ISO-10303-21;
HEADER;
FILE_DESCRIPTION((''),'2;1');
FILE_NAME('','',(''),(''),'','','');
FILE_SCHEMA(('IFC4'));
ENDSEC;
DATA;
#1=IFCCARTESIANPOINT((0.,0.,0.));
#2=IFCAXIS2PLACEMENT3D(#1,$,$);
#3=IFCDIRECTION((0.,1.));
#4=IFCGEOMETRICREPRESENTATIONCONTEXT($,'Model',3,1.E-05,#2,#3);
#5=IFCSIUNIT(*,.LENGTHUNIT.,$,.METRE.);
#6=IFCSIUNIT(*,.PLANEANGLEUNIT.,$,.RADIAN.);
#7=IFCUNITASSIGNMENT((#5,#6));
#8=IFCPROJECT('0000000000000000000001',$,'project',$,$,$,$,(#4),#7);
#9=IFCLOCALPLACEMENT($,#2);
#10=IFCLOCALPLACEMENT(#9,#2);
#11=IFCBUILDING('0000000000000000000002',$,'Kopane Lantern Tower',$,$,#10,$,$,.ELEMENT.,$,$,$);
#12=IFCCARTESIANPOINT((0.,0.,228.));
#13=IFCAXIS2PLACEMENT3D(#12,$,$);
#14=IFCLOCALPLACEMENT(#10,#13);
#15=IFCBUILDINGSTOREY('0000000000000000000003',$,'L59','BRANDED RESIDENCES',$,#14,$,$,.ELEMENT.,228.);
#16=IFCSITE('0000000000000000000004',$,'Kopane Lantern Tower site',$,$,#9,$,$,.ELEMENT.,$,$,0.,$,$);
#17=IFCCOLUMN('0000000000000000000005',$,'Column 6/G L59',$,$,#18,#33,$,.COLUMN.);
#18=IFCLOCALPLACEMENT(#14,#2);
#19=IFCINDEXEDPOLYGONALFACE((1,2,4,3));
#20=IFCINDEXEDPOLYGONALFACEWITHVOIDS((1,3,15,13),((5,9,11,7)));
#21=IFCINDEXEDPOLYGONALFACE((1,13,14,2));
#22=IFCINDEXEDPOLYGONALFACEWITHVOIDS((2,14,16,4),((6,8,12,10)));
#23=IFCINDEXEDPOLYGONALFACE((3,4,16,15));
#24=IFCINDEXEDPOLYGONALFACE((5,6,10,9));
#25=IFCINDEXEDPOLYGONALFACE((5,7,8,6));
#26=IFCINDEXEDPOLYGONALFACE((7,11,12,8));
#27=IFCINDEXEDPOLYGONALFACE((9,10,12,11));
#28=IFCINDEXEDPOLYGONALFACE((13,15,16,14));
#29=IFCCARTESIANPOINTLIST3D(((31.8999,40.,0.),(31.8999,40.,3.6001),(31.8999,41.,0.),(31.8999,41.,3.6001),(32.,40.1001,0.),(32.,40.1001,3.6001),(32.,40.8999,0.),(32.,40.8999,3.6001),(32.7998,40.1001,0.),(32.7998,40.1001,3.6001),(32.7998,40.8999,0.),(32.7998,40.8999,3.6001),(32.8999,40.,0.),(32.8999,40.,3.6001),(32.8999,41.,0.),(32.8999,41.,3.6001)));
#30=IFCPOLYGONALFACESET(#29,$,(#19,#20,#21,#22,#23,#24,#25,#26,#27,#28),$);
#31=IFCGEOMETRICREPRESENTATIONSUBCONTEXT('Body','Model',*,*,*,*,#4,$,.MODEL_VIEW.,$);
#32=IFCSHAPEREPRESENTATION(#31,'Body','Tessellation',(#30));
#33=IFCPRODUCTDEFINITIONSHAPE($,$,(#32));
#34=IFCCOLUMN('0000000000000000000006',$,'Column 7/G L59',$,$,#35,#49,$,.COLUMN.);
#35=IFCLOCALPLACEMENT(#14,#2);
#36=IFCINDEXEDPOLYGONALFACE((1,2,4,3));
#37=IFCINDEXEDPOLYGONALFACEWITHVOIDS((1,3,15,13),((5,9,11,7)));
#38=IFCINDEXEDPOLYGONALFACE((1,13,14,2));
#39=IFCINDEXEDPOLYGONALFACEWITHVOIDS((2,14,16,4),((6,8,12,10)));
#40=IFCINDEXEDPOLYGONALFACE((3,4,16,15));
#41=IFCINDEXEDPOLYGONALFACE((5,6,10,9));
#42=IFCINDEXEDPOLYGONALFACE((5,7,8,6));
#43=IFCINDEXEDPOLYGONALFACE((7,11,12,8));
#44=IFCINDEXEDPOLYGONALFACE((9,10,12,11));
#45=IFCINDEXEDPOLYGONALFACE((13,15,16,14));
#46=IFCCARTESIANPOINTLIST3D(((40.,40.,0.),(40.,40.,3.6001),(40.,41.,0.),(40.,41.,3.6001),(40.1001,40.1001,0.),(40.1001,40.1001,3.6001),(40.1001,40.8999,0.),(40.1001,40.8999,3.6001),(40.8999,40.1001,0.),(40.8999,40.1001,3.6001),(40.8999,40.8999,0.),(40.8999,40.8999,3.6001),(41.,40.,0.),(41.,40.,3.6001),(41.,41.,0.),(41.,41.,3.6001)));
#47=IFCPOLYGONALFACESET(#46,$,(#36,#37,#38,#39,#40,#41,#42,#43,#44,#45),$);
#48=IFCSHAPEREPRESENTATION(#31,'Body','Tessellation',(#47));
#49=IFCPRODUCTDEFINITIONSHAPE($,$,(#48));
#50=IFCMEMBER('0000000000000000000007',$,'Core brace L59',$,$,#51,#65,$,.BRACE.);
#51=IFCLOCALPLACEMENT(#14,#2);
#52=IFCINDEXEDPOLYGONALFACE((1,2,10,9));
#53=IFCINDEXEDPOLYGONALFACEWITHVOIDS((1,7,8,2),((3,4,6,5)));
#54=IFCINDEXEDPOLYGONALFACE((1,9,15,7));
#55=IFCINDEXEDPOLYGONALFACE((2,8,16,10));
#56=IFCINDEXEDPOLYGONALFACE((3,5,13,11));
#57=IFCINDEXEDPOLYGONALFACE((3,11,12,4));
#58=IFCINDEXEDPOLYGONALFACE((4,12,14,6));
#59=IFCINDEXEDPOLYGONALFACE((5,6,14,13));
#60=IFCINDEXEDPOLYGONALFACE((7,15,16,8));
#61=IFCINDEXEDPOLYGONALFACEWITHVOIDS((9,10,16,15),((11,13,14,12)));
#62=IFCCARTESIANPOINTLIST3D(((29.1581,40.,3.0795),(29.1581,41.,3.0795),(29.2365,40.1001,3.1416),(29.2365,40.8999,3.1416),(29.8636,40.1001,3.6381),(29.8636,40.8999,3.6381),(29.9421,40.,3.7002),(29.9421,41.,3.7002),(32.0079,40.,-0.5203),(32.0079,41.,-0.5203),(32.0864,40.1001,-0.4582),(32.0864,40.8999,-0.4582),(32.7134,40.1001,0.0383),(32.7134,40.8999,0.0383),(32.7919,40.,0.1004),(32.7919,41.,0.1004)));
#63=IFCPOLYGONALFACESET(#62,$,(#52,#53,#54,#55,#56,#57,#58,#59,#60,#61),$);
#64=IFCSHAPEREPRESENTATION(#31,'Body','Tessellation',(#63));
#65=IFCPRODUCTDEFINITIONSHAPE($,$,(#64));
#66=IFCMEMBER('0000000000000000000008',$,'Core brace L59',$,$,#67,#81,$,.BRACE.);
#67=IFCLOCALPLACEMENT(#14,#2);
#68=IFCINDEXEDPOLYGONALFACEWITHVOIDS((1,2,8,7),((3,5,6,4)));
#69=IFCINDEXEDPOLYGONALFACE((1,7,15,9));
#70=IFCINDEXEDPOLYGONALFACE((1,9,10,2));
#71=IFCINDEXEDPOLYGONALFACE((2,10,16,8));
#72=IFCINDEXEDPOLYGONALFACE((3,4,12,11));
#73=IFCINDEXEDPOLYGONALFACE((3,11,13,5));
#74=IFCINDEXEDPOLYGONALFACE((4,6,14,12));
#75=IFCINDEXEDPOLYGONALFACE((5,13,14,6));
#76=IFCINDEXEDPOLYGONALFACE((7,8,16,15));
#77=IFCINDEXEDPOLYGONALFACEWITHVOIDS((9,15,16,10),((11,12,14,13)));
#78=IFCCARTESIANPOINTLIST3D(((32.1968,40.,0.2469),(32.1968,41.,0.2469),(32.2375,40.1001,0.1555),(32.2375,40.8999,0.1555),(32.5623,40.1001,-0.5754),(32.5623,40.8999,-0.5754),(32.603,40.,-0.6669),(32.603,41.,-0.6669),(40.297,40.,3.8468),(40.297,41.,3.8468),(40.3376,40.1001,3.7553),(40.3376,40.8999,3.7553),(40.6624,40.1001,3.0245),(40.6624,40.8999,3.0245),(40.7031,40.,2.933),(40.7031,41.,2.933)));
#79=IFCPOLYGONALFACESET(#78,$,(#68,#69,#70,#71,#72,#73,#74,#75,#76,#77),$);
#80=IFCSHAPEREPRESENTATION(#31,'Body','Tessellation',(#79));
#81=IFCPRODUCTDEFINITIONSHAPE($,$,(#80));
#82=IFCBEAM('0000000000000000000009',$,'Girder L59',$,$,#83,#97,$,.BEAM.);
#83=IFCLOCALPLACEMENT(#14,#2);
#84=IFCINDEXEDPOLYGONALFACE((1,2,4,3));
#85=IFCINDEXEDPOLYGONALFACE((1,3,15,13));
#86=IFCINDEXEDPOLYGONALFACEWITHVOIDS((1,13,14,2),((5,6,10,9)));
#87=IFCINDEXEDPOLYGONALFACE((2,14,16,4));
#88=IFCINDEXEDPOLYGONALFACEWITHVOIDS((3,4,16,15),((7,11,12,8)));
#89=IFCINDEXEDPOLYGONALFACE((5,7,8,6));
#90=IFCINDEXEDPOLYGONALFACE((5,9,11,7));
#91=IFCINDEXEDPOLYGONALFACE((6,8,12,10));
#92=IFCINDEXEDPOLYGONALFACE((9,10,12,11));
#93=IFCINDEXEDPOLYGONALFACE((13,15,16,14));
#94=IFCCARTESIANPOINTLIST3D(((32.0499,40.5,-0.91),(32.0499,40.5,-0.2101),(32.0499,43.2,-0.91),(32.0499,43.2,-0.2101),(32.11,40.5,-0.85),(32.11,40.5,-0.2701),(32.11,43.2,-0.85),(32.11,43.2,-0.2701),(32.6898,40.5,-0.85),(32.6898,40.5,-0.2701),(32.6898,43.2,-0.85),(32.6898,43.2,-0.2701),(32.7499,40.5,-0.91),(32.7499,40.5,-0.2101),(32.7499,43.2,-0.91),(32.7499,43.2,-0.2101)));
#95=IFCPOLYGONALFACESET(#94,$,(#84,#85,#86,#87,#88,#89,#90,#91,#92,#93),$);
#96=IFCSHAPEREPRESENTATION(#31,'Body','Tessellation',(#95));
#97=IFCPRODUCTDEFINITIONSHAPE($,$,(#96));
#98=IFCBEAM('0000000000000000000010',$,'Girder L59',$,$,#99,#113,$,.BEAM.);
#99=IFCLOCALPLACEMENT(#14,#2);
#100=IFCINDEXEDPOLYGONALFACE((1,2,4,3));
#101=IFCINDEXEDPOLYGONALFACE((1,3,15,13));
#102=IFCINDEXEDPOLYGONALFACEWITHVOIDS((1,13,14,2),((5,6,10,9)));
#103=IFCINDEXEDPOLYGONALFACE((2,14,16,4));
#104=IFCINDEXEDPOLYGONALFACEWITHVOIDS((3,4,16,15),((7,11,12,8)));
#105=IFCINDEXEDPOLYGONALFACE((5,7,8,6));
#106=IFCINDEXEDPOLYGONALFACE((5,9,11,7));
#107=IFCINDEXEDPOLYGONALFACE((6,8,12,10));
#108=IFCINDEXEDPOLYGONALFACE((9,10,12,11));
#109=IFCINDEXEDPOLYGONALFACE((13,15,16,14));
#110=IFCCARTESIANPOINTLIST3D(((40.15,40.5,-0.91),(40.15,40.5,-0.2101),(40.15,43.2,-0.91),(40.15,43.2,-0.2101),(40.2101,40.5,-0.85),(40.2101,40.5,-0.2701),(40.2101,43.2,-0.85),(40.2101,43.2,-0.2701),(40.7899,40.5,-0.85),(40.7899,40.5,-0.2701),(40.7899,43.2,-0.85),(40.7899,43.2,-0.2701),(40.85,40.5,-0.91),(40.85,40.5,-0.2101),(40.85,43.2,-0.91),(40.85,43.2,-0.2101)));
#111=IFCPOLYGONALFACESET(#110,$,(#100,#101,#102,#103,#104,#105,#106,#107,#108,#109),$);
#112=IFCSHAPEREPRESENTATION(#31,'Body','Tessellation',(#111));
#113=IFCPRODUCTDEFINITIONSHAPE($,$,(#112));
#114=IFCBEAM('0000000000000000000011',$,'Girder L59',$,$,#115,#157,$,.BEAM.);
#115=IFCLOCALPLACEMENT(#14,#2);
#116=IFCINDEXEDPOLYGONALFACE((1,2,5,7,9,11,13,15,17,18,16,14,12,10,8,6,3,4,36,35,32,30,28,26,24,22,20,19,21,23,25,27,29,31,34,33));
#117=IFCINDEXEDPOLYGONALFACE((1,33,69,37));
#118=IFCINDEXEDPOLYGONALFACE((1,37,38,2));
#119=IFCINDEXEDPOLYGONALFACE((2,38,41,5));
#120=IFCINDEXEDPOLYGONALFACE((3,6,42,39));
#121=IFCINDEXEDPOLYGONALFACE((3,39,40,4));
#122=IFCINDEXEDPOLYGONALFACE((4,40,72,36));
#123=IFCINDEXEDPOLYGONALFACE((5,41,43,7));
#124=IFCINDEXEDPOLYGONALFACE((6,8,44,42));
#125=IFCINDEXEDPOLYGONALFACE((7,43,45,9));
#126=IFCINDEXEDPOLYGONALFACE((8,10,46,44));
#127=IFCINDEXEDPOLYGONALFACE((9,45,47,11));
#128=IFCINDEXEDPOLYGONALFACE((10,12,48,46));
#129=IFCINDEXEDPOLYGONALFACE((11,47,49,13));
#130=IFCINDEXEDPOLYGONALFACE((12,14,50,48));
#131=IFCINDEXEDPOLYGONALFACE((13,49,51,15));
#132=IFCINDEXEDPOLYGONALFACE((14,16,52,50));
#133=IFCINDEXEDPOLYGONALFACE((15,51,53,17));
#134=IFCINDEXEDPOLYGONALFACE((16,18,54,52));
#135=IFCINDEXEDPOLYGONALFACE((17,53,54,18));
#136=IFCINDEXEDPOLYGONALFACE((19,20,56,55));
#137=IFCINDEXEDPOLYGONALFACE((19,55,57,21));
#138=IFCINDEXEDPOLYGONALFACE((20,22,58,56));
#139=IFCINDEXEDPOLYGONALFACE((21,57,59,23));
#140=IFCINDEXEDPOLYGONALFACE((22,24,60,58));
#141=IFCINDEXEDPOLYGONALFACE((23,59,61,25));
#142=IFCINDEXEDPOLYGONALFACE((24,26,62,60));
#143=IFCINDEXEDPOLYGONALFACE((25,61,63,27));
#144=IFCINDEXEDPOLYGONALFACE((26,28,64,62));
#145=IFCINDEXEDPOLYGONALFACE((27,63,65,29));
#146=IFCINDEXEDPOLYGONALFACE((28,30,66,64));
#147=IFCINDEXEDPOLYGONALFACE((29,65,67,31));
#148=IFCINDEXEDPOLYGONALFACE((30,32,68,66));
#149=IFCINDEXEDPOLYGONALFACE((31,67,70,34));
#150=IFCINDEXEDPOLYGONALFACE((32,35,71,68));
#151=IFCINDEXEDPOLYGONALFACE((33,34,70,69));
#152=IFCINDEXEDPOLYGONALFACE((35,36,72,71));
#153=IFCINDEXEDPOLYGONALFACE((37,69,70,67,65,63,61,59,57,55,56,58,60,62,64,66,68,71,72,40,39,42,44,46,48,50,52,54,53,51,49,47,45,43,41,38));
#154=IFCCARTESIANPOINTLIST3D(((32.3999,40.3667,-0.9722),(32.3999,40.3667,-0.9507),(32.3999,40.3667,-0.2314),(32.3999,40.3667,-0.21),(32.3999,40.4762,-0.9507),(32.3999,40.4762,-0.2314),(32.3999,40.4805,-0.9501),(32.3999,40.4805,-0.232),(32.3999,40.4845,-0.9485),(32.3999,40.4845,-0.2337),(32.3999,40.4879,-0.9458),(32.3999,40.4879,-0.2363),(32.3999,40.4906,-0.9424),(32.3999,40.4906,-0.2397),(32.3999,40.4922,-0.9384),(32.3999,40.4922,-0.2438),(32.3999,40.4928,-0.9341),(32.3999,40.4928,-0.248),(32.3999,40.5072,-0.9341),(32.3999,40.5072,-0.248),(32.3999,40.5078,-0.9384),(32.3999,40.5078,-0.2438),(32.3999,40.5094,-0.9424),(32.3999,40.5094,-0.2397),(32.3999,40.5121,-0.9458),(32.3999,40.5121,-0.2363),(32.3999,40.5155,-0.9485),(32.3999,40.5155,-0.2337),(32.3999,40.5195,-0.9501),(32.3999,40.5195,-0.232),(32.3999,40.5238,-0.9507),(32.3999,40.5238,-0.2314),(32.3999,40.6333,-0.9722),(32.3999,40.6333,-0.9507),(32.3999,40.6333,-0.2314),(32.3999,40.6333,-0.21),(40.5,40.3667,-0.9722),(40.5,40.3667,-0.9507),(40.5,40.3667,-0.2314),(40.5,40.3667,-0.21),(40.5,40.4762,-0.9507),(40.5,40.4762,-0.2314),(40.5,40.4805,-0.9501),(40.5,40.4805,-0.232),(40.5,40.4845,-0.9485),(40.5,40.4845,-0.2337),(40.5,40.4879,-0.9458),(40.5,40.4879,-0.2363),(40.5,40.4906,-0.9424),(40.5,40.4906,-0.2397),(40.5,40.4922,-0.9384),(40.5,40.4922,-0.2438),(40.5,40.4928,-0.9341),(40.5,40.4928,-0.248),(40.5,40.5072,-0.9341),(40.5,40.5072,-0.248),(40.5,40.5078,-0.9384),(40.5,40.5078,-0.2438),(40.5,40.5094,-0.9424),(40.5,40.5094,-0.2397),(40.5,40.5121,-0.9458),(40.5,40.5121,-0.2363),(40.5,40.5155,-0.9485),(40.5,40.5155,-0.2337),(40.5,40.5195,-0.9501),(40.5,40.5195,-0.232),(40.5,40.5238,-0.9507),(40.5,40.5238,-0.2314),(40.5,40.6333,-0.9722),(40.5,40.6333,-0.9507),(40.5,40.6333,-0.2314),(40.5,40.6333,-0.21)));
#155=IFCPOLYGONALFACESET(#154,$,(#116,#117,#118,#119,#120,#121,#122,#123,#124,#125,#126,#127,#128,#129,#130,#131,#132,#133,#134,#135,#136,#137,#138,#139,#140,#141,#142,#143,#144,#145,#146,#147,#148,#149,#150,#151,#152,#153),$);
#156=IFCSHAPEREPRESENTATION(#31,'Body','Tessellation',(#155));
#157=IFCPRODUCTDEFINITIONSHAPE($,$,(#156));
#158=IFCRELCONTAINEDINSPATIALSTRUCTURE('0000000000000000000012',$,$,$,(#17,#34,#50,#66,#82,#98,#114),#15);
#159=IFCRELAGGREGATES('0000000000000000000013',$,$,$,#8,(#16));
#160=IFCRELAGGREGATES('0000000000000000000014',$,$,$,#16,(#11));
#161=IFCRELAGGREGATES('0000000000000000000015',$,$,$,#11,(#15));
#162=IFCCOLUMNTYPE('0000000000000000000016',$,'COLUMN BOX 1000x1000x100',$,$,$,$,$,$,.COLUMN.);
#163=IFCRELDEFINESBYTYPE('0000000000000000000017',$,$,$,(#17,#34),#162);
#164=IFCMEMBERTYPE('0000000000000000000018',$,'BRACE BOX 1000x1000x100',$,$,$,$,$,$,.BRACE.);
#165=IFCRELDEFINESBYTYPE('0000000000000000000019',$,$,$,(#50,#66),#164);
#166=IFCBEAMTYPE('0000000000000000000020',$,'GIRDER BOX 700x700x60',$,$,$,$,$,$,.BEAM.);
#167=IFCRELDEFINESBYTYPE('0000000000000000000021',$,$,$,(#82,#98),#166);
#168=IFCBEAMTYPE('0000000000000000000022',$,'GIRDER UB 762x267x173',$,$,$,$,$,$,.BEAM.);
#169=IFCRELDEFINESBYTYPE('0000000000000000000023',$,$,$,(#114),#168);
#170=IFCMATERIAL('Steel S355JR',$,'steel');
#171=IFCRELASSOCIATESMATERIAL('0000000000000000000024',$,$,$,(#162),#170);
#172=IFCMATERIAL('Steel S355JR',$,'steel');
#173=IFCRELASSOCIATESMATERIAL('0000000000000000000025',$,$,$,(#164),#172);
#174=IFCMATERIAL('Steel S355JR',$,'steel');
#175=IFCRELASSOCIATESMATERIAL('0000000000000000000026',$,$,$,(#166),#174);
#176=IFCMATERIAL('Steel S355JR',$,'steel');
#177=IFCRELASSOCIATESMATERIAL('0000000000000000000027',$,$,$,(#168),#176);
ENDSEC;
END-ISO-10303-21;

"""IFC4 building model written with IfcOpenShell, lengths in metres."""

from ifc_helpers import new_model, si_unit, direction, frame, origin, origin_2d, place, context, subcontext, project, spatial, hollow_rectangle, i_section, extrude, material, material_profile, profile_set, type_object, element, save


model = new_model("IFC4")

# Units and contexts
model_context = context("Model", 3, precision=1e-05, world=origin(), true_north=direction((0.0, 1.0)))
body_context = subcontext(model_context, "Body", "Model", "MODEL_VIEW")
ifc_project = project(units=[si_unit("LENGTHUNIT", "METRE"), si_unit("PLANEANGLEUNIT", "RADIAN")], contexts=[model_context])

# Site, building, storey
site_placement = place(None, origin())
site = spatial("IfcSite", under=ifc_project, at=site_placement, Name="Kopane Lantern Tower site", CompositionType="ELEMENT", RefElevation=0.0)
building_placement = place(site_placement, origin())
building = spatial("IfcBuilding", under=site, at=building_placement, Name="Kopane Lantern Tower", CompositionType="ELEMENT")
storey_placement = place(building_placement, frame((0.0, 0.0, 228.0)))
storey = spatial("IfcBuildingStorey", under=building, at=storey_placement, Name="L59", Description="BRANDED RESIDENCES", CompositionType="ELEMENT", Elevation=228.0)

# Columns
ifc_material_1 = material(Name="Steel S355JR", Category="steel")
ifc_material_profile_1 = material_profile(ifc_material_1, hollow_rectangle(XDim=1.0, YDim=1.0, WallThickness=0.1001, at=origin_2d()), Name="BOX 1000x1000x100")
ifc_profile_set_1 = profile_set([ifc_material_profile_1], Name="Steel S355JR")
column_type = type_object("IfcColumnType", Name="COLUMN BOX 1000x1000x100", PredefinedType="COLUMN", material=ifc_profile_set_1)
for number, where, z_axis, x_axis, name in (
    (1, (32.3999, 40.5, 0.0), (0.0, 0.0, 1.0), (1.0, 0.0, 0.0), "Column 6/G L59"),
    (2, (40.5, 40.5, 0.0), (0.0, 0.0, 1.0), (1.0, 0.0, 0.0), "Column 7/G L59"),
):
    element("IfcColumn", number, at=place(storey_placement, frame(where, z_axis=z_axis, x_axis=x_axis)), inside=storey, type_object=column_type, Name=name, PredefinedType="COLUMN", context=body_context, shape_type="SweptSolid", body=[
        extrude(hollow_rectangle(XDim=1.0, YDim=1.0, WallThickness=0.1001, at=origin_2d()), origin(), (0.0, 0.0, 1.0), 3.6001),
    ])

# Members
ifc_material_2 = material(Name="Steel S355JR", Category="steel")
ifc_material_profile_2 = material_profile(ifc_material_2, hollow_rectangle(XDim=1.0, YDim=1.0, WallThickness=0.1001, at=origin_2d()), Name="BOX 1000x1000x100")
ifc_profile_set_2 = profile_set([ifc_material_profile_2], Name="Steel S355JR")
member_type = type_object("IfcMemberType", Name="BRACE BOX 1000x1000x100", PredefinedType="BRACE", material=ifc_profile_set_2)
member_1_placement = place(storey_placement, frame((32.3999, 40.5, -0.21), z_axis=(-0.620699, 0.0, 0.784049), x_axis=(0.0, -1.0, 0.0)))
element("IfcMember", 3, at=member_1_placement, inside=storey, type_object=member_type, Name="Core brace L59", PredefinedType="BRACE", context=body_context, shape_type="SweptSolid", body=[
    extrude(hollow_rectangle(XDim=1.0, YDim=1.0, WallThickness=0.1001, at=origin_2d()), origin(), (0.0, 0.0, 1.0), 4.5913),
])
member_2_placement = place(storey_placement, frame((32.3999, 40.5, -0.21), z_axis=(0.913819, 0.0, 0.406121), x_axis=(0.0, 1.0, 0.0)))
element("IfcMember", 4, at=member_2_placement, inside=storey, type_object=member_type, Name="Core brace L59", PredefinedType="BRACE", context=body_context, shape_type="SweptSolid", body=[
    extrude(hollow_rectangle(XDim=1.0, YDim=1.0, WallThickness=0.1001, at=origin_2d()), origin(), (0.0, 0.0, 1.0), 8.864),
])

# Beams
ifc_material_3 = material(Name="Steel S355JR", Category="steel")
ifc_material_profile_3 = material_profile(ifc_material_3, hollow_rectangle(XDim=0.7, YDim=0.7, WallThickness=0.0601, at=origin_2d()), Name="BOX 700x700x60")
ifc_profile_set_3 = profile_set([ifc_material_profile_3], Name="Steel S355JR")
beam_type_1 = type_object("IfcBeamType", Name="GIRDER BOX 700x700x60", PredefinedType="BEAM", material=ifc_profile_set_3)
for number, where, z_axis, x_axis, name in (
    (5, (32.3999, 40.5, -0.5601), (0.0, 1.0, 0.0), (-1.0, 0.0, 0.0), "Girder L59"),
    (6, (40.5, 40.5, -0.5601), (0.0, 1.0, 0.0), (-1.0, 0.0, 0.0), "Girder L59"),
):
    element("IfcBeam", number, at=place(storey_placement, frame(where, z_axis=z_axis, x_axis=x_axis)), inside=storey, type_object=beam_type_1, Name=name, PredefinedType="BEAM", context=body_context, shape_type="SweptSolid", body=[
        extrude(hollow_rectangle(XDim=0.7, YDim=0.7, WallThickness=0.0601, at=origin_2d()), origin(), (0.0, 0.0, 1.0), 2.7),
    ])
ifc_material_4 = material(Name="Steel S355JR", Category="steel")
ifc_material_profile_4 = material_profile(ifc_material_4, i_section(OverallWidth=0.2666, OverallDepth=0.7622, WebThickness=0.0144, FlangeThickness=0.0215, FilletRadius=0.0166, at=origin_2d()), Name="UB 762x267x173")
ifc_profile_set_4 = profile_set([ifc_material_profile_4], Name="Steel S355JR")
beam_type_2 = type_object("IfcBeamType", Name="GIRDER UB 762x267x173", PredefinedType="BEAM", material=ifc_profile_set_4)
for number, where, z_axis, x_axis, name in (
    (7, (32.3999, 40.5, -0.5911), (1.0, 0.0, 0.0), (0.0, 1.0, 0.0), "Girder L59"),
):
    element("IfcBeam", number, at=place(storey_placement, frame(where, z_axis=z_axis, x_axis=x_axis)), inside=storey, type_object=beam_type_2, Name=name, PredefinedType="BEAM", context=body_context, shape_type="SweptSolid", body=[
        extrude(i_section(OverallWidth=0.2666, OverallDepth=0.7622, WebThickness=0.0144, FlangeThickness=0.0215, FilletRadius=0.0166, at=origin_2d()), origin(), (0.0, 0.0, 1.0), 8.1001),
    ])

save(model, "model.ifc")
